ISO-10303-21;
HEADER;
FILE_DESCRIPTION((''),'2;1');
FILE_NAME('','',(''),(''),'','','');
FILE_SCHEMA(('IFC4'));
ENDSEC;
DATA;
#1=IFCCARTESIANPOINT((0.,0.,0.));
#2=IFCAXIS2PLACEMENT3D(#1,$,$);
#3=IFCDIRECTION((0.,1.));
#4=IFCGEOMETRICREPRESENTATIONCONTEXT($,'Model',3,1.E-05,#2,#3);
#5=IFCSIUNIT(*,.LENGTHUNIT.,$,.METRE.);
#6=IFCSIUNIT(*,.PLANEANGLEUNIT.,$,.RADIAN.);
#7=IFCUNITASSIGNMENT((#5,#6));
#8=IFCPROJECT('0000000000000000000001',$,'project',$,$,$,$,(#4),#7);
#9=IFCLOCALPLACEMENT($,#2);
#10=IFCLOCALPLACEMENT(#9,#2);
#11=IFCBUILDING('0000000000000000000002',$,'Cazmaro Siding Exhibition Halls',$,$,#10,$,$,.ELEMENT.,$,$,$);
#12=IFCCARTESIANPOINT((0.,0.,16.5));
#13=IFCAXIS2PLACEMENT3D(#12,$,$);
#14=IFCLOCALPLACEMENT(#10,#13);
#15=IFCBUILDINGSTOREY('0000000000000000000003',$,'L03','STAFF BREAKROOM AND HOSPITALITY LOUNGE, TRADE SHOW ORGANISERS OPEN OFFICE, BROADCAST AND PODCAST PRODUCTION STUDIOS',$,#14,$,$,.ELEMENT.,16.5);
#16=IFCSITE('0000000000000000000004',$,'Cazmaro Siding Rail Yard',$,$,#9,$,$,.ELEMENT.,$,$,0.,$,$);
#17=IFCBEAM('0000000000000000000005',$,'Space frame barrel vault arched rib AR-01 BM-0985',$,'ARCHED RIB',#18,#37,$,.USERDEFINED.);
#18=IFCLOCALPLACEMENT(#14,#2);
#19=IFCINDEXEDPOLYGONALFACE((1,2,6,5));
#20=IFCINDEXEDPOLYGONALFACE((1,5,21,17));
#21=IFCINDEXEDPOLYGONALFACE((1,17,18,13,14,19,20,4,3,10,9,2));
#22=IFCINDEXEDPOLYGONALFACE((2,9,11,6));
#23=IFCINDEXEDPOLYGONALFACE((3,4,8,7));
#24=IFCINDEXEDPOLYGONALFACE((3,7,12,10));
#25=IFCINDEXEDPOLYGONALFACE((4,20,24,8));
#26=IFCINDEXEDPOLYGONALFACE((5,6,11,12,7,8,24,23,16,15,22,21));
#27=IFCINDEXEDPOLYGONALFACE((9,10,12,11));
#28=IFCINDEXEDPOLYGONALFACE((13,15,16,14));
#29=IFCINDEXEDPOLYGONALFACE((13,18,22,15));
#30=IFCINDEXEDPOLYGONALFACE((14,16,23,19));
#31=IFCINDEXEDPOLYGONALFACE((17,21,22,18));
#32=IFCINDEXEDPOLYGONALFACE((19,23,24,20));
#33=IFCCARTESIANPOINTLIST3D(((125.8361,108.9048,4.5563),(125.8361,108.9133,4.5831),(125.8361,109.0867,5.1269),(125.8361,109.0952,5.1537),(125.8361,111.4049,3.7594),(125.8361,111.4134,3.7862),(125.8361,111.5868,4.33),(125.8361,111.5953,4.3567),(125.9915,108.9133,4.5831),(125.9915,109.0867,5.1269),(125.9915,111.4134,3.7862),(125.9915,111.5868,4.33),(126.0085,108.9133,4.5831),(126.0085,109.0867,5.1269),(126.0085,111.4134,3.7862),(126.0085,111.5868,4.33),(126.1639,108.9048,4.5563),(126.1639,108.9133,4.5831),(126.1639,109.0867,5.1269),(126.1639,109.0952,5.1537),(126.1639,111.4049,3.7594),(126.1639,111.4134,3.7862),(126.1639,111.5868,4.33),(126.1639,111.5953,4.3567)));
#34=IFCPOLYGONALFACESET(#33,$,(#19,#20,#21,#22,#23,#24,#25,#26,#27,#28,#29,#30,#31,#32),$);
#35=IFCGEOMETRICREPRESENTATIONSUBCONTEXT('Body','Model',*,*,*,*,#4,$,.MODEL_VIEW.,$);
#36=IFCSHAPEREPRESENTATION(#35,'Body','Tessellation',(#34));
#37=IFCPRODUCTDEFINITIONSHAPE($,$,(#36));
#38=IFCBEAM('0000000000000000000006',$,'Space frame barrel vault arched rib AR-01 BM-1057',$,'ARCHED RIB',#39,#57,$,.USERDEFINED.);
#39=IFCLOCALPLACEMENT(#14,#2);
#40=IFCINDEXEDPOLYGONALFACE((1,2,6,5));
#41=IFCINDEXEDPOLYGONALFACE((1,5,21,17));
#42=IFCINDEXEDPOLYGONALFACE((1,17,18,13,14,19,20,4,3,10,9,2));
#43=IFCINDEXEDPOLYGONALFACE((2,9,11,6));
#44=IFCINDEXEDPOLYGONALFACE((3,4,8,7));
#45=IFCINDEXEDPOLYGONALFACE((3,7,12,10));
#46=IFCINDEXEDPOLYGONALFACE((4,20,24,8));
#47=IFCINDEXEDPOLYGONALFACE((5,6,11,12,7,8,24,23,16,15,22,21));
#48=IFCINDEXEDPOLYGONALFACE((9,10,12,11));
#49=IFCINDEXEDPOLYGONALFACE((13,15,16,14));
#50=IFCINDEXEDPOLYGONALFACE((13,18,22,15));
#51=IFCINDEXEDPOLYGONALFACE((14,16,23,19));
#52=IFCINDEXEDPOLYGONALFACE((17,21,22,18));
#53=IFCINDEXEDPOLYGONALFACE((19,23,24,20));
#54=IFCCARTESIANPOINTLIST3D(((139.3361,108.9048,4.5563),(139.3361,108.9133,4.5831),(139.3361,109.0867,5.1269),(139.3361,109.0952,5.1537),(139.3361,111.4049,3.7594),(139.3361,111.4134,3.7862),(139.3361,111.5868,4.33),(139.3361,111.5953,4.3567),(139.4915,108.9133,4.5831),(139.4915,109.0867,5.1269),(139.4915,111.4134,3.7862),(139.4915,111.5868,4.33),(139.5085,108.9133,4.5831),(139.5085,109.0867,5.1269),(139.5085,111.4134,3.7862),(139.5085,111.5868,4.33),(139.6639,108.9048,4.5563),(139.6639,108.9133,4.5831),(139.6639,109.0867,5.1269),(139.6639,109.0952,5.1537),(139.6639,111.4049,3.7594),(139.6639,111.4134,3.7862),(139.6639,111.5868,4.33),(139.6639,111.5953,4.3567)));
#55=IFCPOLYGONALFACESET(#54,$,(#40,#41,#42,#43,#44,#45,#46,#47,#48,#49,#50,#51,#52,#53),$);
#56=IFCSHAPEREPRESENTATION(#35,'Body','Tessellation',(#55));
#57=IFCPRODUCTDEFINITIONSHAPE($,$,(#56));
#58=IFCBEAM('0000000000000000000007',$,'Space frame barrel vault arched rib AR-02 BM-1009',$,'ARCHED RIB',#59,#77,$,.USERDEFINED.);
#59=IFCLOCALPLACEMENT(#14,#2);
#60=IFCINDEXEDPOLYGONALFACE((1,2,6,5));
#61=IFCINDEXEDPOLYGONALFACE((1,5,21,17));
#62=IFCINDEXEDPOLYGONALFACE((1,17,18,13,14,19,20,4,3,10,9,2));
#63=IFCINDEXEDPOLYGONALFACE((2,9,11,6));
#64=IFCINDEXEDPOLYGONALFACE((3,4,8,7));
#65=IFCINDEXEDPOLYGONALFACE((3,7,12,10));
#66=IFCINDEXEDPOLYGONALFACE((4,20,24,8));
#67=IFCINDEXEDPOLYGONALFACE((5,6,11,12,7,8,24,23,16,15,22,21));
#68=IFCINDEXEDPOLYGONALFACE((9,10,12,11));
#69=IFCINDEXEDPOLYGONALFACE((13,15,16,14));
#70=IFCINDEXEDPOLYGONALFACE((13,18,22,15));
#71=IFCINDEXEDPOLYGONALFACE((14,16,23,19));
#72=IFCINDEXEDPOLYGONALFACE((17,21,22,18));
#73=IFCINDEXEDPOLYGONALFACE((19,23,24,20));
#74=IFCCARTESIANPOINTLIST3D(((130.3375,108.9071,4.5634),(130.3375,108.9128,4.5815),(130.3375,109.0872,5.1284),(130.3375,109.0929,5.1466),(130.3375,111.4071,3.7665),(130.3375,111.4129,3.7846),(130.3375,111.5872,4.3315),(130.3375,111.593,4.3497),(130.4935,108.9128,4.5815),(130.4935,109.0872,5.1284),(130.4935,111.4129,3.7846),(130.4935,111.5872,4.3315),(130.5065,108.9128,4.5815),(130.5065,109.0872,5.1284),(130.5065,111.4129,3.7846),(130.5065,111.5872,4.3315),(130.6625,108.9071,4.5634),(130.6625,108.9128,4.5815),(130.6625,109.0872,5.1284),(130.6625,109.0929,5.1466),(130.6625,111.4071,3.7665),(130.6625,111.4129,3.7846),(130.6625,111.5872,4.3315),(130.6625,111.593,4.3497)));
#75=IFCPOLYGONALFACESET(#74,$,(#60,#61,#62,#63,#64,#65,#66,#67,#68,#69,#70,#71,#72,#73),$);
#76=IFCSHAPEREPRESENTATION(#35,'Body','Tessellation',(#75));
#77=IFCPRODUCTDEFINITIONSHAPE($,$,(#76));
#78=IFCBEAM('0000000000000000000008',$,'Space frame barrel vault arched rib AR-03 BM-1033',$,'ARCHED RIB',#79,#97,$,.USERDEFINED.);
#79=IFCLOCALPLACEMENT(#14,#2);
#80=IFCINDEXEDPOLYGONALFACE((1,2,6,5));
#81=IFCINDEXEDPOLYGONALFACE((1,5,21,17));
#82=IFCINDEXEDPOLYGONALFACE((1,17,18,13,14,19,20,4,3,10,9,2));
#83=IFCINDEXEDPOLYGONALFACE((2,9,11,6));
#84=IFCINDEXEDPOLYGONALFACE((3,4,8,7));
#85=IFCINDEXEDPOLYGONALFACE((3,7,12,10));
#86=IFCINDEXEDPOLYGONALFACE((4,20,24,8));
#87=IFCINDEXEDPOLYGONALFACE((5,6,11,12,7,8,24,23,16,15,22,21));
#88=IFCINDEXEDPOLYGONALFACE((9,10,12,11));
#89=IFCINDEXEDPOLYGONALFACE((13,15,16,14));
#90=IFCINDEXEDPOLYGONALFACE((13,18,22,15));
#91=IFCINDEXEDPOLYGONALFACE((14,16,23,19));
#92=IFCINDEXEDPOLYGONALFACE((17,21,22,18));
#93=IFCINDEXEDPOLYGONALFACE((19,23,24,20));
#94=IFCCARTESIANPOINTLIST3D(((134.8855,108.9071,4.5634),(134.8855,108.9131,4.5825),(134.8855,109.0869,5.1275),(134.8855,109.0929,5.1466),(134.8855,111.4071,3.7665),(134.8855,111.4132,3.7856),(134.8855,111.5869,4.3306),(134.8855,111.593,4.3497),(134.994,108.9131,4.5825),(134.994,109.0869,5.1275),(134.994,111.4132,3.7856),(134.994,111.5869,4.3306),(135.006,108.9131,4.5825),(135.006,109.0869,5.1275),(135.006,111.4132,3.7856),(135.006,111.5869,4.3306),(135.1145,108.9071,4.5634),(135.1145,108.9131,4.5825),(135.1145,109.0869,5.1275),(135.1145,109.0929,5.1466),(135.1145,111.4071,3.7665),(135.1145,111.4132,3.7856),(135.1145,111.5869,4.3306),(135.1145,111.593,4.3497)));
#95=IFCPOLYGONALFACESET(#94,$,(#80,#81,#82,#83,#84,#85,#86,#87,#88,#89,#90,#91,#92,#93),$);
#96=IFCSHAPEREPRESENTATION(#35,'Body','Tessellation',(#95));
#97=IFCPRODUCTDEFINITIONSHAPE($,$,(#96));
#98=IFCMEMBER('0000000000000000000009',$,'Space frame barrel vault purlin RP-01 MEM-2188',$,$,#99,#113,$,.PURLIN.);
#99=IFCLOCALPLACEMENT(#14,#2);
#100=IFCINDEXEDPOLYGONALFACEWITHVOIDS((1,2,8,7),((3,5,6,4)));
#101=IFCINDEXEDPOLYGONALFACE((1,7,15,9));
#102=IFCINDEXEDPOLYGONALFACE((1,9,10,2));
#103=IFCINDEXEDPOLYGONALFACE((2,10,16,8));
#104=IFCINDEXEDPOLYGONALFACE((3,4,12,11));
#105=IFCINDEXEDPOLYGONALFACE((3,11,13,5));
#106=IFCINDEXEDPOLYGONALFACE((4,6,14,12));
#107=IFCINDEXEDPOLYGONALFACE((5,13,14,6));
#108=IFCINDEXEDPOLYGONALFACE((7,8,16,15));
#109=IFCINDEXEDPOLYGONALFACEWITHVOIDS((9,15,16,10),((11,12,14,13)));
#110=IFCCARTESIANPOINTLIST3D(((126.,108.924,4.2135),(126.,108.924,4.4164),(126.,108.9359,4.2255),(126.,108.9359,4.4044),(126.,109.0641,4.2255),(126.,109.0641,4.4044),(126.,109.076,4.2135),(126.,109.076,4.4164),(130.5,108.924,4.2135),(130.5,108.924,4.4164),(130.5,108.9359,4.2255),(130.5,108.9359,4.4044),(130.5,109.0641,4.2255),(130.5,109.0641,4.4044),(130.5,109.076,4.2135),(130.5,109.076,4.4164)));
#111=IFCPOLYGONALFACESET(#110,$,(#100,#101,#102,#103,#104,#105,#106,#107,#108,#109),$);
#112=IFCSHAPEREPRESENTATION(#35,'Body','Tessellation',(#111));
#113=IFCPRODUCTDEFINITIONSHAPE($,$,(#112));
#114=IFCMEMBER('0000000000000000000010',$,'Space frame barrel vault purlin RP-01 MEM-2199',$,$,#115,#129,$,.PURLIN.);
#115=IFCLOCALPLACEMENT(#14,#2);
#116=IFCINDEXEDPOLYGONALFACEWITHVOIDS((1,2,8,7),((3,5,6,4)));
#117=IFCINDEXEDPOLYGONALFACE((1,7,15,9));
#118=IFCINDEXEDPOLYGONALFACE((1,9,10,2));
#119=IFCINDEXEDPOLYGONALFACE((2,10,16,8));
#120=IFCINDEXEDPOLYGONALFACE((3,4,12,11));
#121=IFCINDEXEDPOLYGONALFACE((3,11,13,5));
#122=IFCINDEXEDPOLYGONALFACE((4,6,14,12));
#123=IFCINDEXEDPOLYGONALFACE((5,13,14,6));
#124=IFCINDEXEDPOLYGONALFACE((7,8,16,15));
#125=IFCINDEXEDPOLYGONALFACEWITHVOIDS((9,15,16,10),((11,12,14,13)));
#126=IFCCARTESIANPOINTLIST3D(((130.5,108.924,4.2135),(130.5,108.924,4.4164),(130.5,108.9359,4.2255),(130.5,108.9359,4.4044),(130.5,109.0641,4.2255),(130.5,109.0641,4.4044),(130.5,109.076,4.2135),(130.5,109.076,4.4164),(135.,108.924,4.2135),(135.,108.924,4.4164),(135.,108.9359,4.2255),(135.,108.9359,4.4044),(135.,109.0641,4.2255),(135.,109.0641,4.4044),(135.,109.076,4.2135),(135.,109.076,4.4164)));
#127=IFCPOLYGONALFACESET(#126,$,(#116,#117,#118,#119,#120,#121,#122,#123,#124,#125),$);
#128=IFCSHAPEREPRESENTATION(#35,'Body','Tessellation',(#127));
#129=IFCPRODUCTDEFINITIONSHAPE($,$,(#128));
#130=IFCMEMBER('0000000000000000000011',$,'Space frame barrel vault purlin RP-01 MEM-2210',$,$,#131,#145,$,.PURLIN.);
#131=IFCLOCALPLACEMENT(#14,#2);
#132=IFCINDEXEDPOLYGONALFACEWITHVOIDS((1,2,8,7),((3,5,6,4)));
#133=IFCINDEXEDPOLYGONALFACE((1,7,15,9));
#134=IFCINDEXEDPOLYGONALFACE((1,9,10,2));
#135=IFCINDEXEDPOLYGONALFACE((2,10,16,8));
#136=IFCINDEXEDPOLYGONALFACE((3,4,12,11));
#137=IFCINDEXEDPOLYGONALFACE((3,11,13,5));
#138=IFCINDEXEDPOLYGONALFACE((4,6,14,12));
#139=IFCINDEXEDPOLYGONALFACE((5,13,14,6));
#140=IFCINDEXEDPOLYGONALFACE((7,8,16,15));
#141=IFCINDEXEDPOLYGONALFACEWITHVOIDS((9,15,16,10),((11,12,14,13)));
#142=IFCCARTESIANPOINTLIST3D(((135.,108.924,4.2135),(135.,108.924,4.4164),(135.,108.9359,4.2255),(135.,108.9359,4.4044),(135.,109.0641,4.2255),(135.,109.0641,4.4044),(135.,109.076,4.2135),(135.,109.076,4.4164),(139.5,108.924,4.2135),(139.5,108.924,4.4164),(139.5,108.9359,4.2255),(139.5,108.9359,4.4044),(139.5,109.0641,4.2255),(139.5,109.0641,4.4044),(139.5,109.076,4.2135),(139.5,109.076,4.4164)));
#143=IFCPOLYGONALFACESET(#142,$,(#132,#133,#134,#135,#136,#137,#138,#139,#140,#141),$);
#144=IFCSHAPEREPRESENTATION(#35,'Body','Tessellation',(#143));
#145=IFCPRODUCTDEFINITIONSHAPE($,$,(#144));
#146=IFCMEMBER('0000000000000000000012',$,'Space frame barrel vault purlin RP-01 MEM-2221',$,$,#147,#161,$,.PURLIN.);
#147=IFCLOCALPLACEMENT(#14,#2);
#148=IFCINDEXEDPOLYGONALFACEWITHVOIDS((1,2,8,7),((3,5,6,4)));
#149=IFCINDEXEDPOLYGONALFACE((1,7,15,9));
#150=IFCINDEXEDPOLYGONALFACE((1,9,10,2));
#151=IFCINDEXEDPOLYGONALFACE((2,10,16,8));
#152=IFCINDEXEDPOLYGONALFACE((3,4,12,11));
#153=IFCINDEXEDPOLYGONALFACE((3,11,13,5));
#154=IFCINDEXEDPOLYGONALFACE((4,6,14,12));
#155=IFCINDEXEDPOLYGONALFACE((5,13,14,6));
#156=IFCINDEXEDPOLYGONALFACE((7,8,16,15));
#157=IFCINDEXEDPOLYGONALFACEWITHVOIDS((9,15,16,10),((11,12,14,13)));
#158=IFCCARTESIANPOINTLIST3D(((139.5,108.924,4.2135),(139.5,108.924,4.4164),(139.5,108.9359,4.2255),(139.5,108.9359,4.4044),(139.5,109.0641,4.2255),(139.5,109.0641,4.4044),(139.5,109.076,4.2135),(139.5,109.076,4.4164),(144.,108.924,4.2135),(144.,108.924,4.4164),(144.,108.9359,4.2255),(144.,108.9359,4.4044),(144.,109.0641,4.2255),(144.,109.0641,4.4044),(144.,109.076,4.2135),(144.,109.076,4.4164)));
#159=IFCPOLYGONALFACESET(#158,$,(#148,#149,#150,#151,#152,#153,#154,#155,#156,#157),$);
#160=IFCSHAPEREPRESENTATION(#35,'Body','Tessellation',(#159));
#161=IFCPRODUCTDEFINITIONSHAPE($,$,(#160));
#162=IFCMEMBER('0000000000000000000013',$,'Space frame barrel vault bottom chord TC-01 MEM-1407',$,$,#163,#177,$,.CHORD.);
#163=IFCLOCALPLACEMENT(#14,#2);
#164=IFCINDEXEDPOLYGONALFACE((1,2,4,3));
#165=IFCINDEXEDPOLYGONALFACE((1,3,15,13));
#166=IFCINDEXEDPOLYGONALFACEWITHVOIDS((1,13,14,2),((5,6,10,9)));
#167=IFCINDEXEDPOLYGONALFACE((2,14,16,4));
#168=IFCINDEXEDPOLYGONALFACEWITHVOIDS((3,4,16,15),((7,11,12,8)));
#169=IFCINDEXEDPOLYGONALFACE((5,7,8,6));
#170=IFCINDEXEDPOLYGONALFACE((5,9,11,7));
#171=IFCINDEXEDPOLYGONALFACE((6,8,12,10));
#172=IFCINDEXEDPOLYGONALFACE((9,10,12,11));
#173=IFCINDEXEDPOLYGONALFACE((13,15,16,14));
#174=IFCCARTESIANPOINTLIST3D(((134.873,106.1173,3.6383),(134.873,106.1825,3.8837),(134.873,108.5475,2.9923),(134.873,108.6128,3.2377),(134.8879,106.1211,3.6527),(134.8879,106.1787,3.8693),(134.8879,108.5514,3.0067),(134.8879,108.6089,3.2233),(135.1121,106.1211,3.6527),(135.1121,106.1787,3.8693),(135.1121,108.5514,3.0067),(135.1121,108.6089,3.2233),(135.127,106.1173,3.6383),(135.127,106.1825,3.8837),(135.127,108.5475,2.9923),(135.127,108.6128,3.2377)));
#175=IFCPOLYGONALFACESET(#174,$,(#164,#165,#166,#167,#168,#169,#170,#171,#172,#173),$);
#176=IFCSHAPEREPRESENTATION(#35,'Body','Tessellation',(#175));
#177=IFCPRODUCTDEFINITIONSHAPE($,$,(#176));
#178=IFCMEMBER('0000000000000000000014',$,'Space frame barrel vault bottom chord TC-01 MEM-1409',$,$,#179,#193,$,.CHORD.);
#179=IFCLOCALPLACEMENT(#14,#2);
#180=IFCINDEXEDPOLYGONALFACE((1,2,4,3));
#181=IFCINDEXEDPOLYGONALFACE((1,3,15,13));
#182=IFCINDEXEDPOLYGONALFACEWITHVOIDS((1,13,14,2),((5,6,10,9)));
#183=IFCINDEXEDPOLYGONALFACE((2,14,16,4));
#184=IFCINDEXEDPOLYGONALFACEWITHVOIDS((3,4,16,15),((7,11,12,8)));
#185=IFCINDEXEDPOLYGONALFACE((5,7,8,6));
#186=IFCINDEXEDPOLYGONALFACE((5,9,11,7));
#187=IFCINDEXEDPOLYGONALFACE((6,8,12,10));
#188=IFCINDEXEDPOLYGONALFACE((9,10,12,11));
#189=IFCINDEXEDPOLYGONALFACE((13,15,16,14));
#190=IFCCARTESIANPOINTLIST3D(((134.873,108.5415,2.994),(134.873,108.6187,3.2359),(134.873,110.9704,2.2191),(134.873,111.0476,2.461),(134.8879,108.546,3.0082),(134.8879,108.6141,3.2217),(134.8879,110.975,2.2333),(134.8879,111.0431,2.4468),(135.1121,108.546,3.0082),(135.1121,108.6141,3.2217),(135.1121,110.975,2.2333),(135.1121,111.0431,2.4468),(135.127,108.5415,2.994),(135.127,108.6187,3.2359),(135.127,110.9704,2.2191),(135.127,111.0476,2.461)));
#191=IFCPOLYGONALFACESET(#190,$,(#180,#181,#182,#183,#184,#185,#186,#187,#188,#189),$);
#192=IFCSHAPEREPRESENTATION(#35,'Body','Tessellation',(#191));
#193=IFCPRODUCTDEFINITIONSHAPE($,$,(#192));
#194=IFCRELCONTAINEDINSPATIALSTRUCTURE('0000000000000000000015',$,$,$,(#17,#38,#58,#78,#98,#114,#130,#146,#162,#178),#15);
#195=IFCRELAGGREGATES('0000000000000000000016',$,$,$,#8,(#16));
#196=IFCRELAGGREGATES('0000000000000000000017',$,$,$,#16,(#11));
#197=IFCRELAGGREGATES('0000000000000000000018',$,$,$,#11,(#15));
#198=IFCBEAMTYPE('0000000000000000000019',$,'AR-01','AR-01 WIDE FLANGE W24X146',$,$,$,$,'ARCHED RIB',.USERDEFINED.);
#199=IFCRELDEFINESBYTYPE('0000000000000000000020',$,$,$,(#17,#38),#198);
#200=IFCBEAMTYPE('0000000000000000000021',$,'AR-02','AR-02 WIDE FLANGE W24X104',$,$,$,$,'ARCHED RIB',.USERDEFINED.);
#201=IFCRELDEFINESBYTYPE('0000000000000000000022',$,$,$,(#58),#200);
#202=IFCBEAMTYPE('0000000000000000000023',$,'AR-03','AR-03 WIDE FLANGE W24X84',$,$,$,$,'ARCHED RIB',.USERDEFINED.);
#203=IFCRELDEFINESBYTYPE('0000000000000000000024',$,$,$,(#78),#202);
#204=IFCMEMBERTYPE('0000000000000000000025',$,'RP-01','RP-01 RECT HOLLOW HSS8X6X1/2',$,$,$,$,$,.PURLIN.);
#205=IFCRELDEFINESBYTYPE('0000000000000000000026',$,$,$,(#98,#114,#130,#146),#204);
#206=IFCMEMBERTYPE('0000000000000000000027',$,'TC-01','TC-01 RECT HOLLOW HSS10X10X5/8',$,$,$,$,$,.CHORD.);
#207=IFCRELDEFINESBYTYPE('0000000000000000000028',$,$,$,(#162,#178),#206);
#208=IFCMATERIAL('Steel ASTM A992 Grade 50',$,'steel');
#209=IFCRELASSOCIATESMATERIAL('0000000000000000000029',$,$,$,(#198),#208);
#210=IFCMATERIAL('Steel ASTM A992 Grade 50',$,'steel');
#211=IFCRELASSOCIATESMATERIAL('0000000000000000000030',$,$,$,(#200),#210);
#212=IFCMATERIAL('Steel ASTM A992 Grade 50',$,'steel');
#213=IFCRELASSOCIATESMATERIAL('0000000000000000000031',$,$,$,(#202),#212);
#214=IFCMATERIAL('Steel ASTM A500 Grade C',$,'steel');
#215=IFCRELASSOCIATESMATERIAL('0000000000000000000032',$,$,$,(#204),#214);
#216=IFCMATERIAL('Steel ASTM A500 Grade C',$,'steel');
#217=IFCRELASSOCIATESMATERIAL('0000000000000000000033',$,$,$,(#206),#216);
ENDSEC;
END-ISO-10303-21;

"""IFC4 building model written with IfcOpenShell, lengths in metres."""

from ifc_helpers import new_model, si_unit, direction, frame, origin, origin_2d, place, context, subcontext, project, spatial, hollow_rectangle, i_section, extrude, material, material_profile, profile_set, type_object, element, save


model = new_model("IFC4")

# Units and contexts
model_context = context("Model", 3, precision=1e-05, world=origin(), true_north=direction((0.0, 1.0)))
body_context = subcontext(model_context, "Body", "Model", "MODEL_VIEW")
ifc_project = project(units=[si_unit("LENGTHUNIT", "METRE"), si_unit("PLANEANGLEUNIT", "RADIAN")], contexts=[model_context])

# Site, building, storey
site_placement = place(None, origin())
site = spatial("IfcSite", under=ifc_project, at=site_placement, Name="Cazmaro Siding Rail Yard", CompositionType="ELEMENT", RefElevation=0.0)
building_placement = place(site_placement, origin())
building = spatial("IfcBuilding", under=site, at=building_placement, Name="Cazmaro Siding Exhibition Halls", CompositionType="ELEMENT")
storey_placement = place(building_placement, frame((0.0, 0.0, 16.5)))
storey = spatial("IfcBuildingStorey", under=building, at=storey_placement, Name="L03", Description="STAFF BREAKROOM AND HOSPITALITY LOUNGE, TRADE SHOW ORGANISERS OPEN OFFICE, BROADCAST AND PODCAST PRODUCTION STUDIOS", CompositionType="ELEMENT", Elevation=16.5)

# Beams
ifc_material_1 = material(Name="Steel ASTM A992 Grade 50", Category="steel")
ifc_material_profile_1 = material_profile(ifc_material_1, i_section(OverallWidth=0.3279, OverallDepth=0.627, WebThickness=0.0171, FlangeThickness=0.0281, at=origin_2d()), Name="W24X146")
ifc_profile_set_1 = profile_set([ifc_material_profile_1], Name="Steel ASTM A992 Grade 50")
beam_type_1 = type_object("IfcBeamType", Name="AR-01", Description="AR-01 WIDE FLANGE W24X146", ElementType="ARCHED RIB", PredefinedType="USERDEFINED", material=ifc_profile_set_1)
for number, where, z_axis, x_axis, name in (
    (1, (126.0, 109.0, 4.855), (0.0, 0.952769, -0.303695), (-1.0, 0.0, 0.0), "Space frame barrel vault arched rib AR-01 BM-0985"),
    (2, (139.5, 109.0, 4.855), (0.0, 0.952769, -0.303695), (-1.0, 0.0, 0.0), "Space frame barrel vault arched rib AR-01 BM-1057"),
):
    element("IfcBeam", number, at=place(storey_placement, frame(where, z_axis=z_axis, x_axis=x_axis)), inside=storey, type_object=beam_type_1, Name=name, ObjectType="ARCHED RIB", PredefinedType="USERDEFINED", context=body_context, shape_type="SweptSolid", body=[
        extrude(i_section(OverallWidth=0.3279, OverallDepth=0.627, WebThickness=0.0171, FlangeThickness=0.0281, at=origin_2d()), origin(), (0.0, 0.0, 1.0), 2.624),
    ])
ifc_material_2 = material(Name="Steel ASTM A992 Grade 50", Category="steel")
ifc_material_profile_2 = material_profile(ifc_material_2, i_section(OverallWidth=0.325, OverallDepth=0.6121, WebThickness=0.0129, FlangeThickness=0.019, at=origin_2d()), Name="W24X104")
ifc_profile_set_2 = profile_set([ifc_material_profile_2], Name="Steel ASTM A992 Grade 50")
beam_type_2 = type_object("IfcBeamType", Name="AR-02", Description="AR-02 WIDE FLANGE W24X104", ElementType="ARCHED RIB", PredefinedType="USERDEFINED", material=ifc_profile_set_2)
beam_1_placement = place(storey_placement, frame((130.5, 109.0, 4.855), z_axis=(0.0, 0.952769, -0.303695), x_axis=(-1.0, 0.0, 0.0)))
element("IfcBeam", 3, at=beam_1_placement, inside=storey, type_object=beam_type_2, Name="Space frame barrel vault arched rib AR-02 BM-1009", ObjectType="ARCHED RIB", PredefinedType="USERDEFINED", context=body_context, shape_type="SweptSolid", body=[
    extrude(i_section(OverallWidth=0.325, OverallDepth=0.6121, WebThickness=0.0129, FlangeThickness=0.019, at=origin_2d()), origin(), (0.0, 0.0, 1.0), 2.624),
])
ifc_material_3 = material(Name="Steel ASTM A992 Grade 50", Category="steel")
ifc_material_profile_3 = material_profile(ifc_material_3, i_section(OverallWidth=0.229, OverallDepth=0.6121, WebThickness=0.012, FlangeThickness=0.02, at=origin_2d()), Name="W24X84")
ifc_profile_set_3 = profile_set([ifc_material_profile_3], Name="Steel ASTM A992 Grade 50")
beam_type_3 = type_object("IfcBeamType", Name="AR-03", Description="AR-03 WIDE FLANGE W24X84", ElementType="ARCHED RIB", PredefinedType="USERDEFINED", material=ifc_profile_set_3)
beam_2_placement = place(storey_placement, frame((135.0, 109.0, 4.855), z_axis=(0.0, 0.952769, -0.303695), x_axis=(-1.0, 0.0, 0.0)))
element("IfcBeam", 4, at=beam_2_placement, inside=storey, type_object=beam_type_3, Name="Space frame barrel vault arched rib AR-03 BM-1033", ObjectType="ARCHED RIB", PredefinedType="USERDEFINED", context=body_context, shape_type="SweptSolid", body=[
    extrude(i_section(OverallWidth=0.229, OverallDepth=0.6121, WebThickness=0.012, FlangeThickness=0.02, at=origin_2d()), origin(), (0.0, 0.0, 1.0), 2.624),
])

# Members
ifc_material_4 = material(Name="Steel ASTM A500 Grade C", Category="steel")
ifc_material_profile_4 = material_profile(ifc_material_4, hollow_rectangle(XDim=0.1521, YDim=0.2029, WallThickness=0.012, at=origin_2d()), Name="HSS8X6X1/2")
ifc_profile_set_4 = profile_set([ifc_material_profile_4], Name="Steel ASTM A500 Grade C")
member_type_1 = type_object("IfcMemberType", Name="RP-01", Description="RP-01 RECT HOLLOW HSS8X6X1/2", PredefinedType="PURLIN", material=ifc_profile_set_4)
for number, where, z_axis, x_axis, name in (
    (5, (126.0, 109.0, 4.3149), (1.0, 0.0, 0.0), (0.0, 1.0, 0.0), "Space frame barrel vault purlin RP-01 MEM-2188"),
    (6, (130.5, 109.0, 4.3149), (1.0, 0.0, 0.0), (0.0, 1.0, 0.0), "Space frame barrel vault purlin RP-01 MEM-2199"),
    (7, (135.0, 109.0, 4.3149), (1.0, 0.0, 0.0), (0.0, 1.0, 0.0), "Space frame barrel vault purlin RP-01 MEM-2210"),
    (8, (139.5, 109.0, 4.3149), (1.0, 0.0, 0.0), (0.0, 1.0, 0.0), "Space frame barrel vault purlin RP-01 MEM-2221"),
):
    element("IfcMember", number, at=place(storey_placement, frame(where, z_axis=z_axis, x_axis=x_axis)), inside=storey, type_object=member_type_1, Name=name, PredefinedType="PURLIN", context=body_context, shape_type="SweptSolid", body=[
        extrude(hollow_rectangle(XDim=0.1521, YDim=0.2029, WallThickness=0.012, at=origin_2d()), origin(), (0.0, 0.0, 1.0), 4.5),
    ])
ifc_material_5 = material(Name="Steel ASTM A500 Grade C", Category="steel")
ifc_material_profile_5 = material_profile(ifc_material_5, hollow_rectangle(XDim=0.2539, YDim=0.2539, WallThickness=0.0149, at=origin_2d()), Name="HSS10X10X5/8")
ifc_profile_set_5 = profile_set([ifc_material_profile_5], Name="Steel ASTM A500 Grade C")
member_type_2 = type_object("IfcMemberType", Name="TC-01", Description="TC-01 RECT HOLLOW HSS10X10X5/8", PredefinedType="CHORD", material=ifc_profile_set_5)
member_1_placement = place(storey_placement, frame((135.0, 106.1499, 3.761), z_axis=(0.0, 0.966438, -0.256901), x_axis=(-1.0, 0.0, 0.0)))
element("IfcMember", 9, at=member_1_placement, inside=storey, type_object=member_type_2, Name="Space frame barrel vault bottom chord TC-01 MEM-1407", PredefinedType="CHORD", context=body_context, shape_type="SweptSolid", body=[
    extrude(hollow_rectangle(XDim=0.2539, YDim=0.2539, WallThickness=0.0149, at=origin_2d()), origin(), (0.0, 0.0, 1.0), 2.5146),
])
member_2_placement = place(storey_placement, frame((135.0, 108.5801, 3.115), z_axis=(0.0, 0.952693, -0.303935), x_axis=(-1.0, 0.0, 0.0)))
element("IfcMember", 10, at=member_2_placement, inside=storey, type_object=member_type_2, Name="Space frame barrel vault bottom chord TC-01 MEM-1409", PredefinedType="CHORD", context=body_context, shape_type="SweptSolid", body=[
    extrude(hollow_rectangle(XDim=0.2539, YDim=0.2539, WallThickness=0.0149, at=origin_2d()), origin(), (0.0, 0.0, 1.0), 2.5496),
])

save(model, "model.ifc")
